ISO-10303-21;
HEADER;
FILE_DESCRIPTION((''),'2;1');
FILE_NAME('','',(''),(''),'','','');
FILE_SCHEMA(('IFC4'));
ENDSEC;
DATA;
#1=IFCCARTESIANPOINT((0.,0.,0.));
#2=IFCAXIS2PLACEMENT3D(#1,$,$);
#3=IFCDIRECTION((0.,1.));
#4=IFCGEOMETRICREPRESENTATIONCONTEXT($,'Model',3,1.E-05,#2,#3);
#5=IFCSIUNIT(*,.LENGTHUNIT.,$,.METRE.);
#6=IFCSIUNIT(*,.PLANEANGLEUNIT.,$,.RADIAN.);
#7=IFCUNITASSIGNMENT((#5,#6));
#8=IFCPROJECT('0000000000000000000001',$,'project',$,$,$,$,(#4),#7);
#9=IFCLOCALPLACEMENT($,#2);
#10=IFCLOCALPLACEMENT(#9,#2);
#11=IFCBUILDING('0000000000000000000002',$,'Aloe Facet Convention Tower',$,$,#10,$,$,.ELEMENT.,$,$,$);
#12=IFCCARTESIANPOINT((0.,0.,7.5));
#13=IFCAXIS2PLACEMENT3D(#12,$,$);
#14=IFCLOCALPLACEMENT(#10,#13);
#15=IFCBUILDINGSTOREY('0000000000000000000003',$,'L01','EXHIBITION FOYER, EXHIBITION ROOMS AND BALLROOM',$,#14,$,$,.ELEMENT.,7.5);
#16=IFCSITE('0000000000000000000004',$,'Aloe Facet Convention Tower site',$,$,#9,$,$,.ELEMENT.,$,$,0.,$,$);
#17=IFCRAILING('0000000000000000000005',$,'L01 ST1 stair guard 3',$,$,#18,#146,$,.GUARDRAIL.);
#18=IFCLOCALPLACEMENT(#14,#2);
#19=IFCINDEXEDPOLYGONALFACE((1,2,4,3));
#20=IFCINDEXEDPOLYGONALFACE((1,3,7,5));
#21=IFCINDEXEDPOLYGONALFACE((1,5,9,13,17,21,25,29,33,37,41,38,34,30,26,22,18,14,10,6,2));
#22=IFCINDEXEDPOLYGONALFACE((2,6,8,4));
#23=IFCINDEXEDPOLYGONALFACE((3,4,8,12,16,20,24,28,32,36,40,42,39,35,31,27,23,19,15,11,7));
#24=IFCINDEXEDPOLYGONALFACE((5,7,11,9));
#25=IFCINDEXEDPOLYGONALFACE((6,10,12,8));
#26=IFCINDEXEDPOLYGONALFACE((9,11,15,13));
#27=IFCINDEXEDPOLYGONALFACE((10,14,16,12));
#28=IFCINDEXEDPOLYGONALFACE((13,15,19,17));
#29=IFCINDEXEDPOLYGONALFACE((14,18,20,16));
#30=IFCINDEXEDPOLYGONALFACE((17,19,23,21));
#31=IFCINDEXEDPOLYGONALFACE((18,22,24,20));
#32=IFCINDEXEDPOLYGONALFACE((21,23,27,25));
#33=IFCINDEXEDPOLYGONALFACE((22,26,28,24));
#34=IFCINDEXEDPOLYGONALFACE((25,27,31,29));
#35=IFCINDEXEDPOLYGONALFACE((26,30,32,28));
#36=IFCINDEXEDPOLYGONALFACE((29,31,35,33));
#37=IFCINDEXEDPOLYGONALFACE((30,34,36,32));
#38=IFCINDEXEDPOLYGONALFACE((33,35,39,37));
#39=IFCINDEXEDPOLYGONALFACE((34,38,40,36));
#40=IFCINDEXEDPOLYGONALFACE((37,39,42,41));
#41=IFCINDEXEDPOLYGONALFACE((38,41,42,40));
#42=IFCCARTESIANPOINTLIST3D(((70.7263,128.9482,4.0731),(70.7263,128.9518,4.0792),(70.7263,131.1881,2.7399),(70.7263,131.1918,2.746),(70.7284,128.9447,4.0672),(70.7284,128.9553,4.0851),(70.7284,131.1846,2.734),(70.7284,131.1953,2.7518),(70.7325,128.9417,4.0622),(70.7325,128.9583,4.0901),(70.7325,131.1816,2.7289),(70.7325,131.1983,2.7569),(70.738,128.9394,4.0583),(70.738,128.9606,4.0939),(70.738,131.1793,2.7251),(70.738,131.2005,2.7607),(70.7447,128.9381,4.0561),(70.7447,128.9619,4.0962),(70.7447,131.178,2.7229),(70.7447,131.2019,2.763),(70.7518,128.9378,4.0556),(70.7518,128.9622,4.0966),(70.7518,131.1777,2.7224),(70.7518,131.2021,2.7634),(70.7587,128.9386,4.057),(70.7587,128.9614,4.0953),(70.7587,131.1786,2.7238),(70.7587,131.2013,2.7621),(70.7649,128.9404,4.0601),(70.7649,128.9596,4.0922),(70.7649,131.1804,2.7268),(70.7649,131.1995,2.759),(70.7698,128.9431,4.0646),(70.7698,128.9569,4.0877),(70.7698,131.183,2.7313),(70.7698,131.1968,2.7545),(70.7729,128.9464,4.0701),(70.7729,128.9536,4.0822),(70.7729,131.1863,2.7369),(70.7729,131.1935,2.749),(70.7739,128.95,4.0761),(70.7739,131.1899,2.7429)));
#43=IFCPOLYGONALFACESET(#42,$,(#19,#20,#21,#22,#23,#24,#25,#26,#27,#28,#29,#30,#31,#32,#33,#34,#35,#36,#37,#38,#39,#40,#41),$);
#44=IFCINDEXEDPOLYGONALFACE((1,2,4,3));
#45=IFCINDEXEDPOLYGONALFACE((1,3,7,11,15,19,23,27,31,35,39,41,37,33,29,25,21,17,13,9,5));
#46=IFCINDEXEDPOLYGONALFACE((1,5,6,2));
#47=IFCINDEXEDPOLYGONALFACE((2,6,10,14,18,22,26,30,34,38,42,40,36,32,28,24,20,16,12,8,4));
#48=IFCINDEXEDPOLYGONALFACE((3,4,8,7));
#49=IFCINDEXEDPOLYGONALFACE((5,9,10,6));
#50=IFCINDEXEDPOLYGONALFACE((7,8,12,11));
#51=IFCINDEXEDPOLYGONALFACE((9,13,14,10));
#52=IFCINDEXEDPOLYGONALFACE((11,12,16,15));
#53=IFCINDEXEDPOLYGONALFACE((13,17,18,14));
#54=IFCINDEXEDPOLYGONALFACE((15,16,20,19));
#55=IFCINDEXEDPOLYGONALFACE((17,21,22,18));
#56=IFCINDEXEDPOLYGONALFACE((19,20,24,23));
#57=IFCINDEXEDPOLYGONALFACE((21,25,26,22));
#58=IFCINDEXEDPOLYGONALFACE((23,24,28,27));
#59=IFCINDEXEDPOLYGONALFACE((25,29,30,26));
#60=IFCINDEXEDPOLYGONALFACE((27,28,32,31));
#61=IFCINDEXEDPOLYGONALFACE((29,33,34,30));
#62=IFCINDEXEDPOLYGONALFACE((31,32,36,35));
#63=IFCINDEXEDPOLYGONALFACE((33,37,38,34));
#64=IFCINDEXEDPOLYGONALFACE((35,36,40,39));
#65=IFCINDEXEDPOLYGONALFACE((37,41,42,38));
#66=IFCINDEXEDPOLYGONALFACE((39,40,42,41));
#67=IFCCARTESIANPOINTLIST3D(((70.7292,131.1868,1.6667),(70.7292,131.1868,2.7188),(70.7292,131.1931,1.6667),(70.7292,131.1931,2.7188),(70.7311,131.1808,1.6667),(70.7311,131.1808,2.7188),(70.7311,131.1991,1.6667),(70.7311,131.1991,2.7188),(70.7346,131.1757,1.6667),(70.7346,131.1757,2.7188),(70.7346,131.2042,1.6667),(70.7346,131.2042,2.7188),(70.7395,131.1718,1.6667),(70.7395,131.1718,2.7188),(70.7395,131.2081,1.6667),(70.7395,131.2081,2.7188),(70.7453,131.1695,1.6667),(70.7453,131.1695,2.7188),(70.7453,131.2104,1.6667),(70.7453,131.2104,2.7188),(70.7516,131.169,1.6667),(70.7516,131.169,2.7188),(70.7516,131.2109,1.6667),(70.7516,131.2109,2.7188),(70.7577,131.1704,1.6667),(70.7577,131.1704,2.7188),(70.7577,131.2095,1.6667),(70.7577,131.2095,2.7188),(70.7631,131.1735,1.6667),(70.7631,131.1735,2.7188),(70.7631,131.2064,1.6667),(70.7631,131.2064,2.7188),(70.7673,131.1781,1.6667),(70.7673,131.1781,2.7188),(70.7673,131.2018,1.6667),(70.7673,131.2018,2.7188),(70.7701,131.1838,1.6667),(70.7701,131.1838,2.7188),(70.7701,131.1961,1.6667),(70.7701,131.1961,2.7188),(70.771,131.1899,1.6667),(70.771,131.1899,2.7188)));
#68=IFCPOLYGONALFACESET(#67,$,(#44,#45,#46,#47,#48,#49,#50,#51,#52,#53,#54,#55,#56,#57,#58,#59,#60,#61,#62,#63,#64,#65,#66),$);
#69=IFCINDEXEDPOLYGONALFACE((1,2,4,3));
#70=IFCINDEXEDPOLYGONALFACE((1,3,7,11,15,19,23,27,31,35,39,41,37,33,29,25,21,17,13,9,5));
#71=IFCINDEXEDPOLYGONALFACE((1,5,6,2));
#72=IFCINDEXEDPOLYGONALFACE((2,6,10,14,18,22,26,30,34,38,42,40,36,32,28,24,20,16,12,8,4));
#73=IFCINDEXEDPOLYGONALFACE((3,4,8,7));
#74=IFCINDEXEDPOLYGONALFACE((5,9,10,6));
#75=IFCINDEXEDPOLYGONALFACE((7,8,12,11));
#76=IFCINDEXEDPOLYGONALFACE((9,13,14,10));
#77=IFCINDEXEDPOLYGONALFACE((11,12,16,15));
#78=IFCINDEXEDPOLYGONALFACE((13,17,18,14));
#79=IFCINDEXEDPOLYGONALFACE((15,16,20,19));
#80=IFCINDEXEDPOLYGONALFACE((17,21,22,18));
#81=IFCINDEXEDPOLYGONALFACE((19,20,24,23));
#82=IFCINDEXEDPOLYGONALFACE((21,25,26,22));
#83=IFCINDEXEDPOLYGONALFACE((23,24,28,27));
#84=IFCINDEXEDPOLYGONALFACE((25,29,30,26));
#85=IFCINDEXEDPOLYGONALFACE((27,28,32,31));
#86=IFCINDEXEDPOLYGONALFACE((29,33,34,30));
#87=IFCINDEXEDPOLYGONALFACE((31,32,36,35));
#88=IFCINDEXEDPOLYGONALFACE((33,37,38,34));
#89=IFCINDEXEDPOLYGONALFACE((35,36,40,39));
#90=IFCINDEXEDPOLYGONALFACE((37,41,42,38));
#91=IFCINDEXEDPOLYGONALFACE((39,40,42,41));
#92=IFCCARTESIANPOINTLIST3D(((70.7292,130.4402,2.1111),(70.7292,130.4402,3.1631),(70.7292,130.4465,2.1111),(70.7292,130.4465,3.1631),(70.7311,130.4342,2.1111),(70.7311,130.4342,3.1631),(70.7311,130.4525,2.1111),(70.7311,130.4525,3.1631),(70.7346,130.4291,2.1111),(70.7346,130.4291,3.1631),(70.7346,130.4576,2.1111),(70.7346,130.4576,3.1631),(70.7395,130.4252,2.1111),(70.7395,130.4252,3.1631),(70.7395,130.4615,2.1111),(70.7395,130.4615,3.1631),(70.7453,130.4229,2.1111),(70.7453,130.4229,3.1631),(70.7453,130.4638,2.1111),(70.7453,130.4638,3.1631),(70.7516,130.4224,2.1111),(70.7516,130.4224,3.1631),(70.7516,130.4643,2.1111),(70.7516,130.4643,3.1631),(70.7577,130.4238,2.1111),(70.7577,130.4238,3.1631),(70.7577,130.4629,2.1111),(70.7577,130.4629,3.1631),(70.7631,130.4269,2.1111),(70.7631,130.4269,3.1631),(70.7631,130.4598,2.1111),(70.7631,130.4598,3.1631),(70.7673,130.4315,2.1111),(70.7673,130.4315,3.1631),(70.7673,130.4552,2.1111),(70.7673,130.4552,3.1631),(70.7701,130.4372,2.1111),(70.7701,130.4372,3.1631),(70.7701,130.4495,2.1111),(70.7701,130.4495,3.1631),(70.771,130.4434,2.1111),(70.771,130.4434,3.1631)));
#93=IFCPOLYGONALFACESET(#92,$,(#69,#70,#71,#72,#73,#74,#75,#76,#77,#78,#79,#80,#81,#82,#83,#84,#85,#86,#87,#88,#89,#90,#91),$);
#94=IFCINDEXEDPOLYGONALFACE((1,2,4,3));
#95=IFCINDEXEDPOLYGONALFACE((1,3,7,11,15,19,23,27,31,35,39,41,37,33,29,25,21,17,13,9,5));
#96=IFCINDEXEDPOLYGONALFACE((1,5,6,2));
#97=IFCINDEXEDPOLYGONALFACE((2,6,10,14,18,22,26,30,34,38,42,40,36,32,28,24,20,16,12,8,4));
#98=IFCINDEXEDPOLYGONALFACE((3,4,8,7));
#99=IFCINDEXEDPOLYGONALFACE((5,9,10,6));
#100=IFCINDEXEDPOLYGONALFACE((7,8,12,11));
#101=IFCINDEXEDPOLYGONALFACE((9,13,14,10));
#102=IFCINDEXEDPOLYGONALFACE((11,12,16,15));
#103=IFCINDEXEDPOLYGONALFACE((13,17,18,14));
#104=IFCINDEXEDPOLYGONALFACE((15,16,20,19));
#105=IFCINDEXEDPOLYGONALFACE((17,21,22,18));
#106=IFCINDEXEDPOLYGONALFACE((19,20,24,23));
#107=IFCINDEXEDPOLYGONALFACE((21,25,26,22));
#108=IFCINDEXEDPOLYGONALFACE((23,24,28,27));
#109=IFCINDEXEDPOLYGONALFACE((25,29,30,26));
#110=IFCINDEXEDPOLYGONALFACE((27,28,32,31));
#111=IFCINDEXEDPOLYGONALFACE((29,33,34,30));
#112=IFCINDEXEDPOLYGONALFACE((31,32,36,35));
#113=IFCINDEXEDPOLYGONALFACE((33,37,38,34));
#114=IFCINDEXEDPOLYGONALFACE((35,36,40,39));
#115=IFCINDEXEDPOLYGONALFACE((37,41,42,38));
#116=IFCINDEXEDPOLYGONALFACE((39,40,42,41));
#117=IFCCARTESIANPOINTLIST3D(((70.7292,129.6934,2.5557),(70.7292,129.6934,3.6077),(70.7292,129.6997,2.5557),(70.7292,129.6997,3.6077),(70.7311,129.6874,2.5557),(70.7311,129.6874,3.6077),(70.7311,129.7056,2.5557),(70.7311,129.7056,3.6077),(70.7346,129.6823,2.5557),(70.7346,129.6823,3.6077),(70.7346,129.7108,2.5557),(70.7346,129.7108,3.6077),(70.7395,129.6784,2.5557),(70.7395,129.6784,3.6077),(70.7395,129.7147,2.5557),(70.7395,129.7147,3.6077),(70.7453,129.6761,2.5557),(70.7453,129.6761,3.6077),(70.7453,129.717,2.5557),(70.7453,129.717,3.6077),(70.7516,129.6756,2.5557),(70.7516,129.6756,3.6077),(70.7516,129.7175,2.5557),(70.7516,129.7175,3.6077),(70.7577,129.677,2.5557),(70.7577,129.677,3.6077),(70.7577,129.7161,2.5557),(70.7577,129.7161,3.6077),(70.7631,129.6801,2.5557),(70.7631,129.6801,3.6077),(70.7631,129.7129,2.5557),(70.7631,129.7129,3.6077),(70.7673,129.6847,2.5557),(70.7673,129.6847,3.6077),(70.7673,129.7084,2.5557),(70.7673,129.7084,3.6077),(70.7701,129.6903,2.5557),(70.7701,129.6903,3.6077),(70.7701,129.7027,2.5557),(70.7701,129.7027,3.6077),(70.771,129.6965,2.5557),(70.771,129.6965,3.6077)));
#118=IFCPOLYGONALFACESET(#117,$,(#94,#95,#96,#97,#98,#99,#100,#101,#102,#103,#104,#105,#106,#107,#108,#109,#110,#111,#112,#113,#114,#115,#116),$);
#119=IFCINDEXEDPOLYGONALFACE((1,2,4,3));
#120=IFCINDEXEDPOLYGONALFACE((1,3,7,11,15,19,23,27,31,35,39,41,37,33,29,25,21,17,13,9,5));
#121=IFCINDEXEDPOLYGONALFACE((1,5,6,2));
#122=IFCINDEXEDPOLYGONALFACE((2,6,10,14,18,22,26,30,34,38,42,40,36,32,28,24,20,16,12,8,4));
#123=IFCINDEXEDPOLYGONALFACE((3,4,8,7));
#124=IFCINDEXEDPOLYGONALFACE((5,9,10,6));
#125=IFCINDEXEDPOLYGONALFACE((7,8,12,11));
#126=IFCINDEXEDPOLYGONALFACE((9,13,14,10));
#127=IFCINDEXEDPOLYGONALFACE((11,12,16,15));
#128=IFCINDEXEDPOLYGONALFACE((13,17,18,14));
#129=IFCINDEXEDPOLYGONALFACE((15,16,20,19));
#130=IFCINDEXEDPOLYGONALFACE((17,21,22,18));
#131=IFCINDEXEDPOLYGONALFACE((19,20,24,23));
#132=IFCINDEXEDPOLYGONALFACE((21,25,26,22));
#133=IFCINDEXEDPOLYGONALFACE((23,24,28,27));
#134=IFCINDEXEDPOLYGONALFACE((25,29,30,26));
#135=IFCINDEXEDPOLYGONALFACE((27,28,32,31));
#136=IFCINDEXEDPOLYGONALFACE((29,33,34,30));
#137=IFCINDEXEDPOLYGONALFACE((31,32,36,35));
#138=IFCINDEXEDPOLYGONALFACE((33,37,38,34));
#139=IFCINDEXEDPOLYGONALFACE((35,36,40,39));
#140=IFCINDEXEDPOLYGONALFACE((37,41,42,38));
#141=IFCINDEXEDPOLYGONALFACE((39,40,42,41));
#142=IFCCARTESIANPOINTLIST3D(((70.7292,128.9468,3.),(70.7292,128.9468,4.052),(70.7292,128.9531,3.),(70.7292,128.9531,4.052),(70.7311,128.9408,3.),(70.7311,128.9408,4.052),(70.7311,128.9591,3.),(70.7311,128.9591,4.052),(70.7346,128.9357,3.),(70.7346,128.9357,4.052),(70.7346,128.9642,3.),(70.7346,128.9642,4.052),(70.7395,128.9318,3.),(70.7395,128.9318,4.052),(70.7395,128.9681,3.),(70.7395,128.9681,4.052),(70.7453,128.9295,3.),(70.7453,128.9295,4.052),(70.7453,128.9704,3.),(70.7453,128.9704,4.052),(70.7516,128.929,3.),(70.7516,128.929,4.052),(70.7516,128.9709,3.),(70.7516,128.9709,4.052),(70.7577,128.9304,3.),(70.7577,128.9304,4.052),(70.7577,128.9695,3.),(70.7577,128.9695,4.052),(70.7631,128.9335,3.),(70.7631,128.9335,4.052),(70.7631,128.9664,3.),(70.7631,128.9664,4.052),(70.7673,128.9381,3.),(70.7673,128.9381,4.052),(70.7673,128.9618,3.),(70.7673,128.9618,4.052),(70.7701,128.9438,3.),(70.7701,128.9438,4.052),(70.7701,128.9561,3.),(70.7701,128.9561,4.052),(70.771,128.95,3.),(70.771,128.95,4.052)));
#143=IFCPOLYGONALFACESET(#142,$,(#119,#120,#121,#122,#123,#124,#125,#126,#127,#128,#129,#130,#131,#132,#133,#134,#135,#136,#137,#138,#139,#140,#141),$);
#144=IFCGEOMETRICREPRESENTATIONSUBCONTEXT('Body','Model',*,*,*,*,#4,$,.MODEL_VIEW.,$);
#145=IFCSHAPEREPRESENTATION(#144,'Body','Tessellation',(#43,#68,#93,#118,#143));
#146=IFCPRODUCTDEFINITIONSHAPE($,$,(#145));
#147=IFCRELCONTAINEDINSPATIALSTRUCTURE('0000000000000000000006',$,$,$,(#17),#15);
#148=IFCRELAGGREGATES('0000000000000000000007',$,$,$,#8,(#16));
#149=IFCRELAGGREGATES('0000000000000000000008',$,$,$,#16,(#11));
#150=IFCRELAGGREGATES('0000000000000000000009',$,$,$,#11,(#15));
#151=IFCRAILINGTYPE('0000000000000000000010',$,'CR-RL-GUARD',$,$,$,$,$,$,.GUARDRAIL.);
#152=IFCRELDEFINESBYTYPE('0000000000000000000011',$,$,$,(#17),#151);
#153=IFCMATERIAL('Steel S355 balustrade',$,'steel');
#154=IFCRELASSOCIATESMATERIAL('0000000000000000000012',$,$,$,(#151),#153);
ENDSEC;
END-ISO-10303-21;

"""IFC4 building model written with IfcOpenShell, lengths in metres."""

from ifc_helpers import new_model, si_unit, direction, frame, origin, origin_2d, place, context, subcontext, project, spatial, circle, extrude, material, type_object, element, save


model = new_model("IFC4")

# Units and contexts
model_context = context("Model", 3, precision=1e-05, world=origin(), true_north=direction((0.0, 1.0)))
body_context = subcontext(model_context, "Body", "Model", "MODEL_VIEW")
ifc_project = project(units=[si_unit("LENGTHUNIT", "METRE"), si_unit("PLANEANGLEUNIT", "RADIAN")], contexts=[model_context])

# Site, building, storey
site_placement = place(None, origin())
site = spatial("IfcSite", under=ifc_project, at=site_placement, Name="Aloe Facet Convention Tower site", CompositionType="ELEMENT", RefElevation=0.0)
building_placement = place(site_placement, origin())
building = spatial("IfcBuilding", under=site, at=building_placement, Name="Aloe Facet Convention Tower", CompositionType="ELEMENT")
storey_placement = place(building_placement, frame((0.0, 0.0, 7.5)))
storey = spatial("IfcBuildingStorey", under=building, at=storey_placement, Name="L01", Description="EXHIBITION FOYER, EXHIBITION ROOMS AND BALLROOM", CompositionType="ELEMENT", Elevation=7.5)

# Railing
ifc_material_1 = material(Name="Steel S355 balustrade", Category="steel")
railing_type_1 = type_object("IfcRailingType", Name="CR-RL-GUARD", PredefinedType="GUARDRAIL", material=ifc_material_1)
railing_1_placement = place(storey_placement, frame((70.75, 131.1899, 1.6667)))
element("IfcRailing", 1, at=railing_1_placement, inside=storey, type_object=railing_type_1, Name="L01 ST1 stair guard 3", PredefinedType="GUARDRAIL", context=body_context, shape_type="SweptSolid", body=[
    extrude(circle(Radius=0.0239, at=origin_2d()), frame((0.0, 0.0, 1.0762), z_axis=(0.0, -0.859306, 0.511462), x_axis=(1.0, 0.0, 0.0)), (0.0, 0.0, 1.0), 2.6067),
    extrude(circle(Radius=0.021, at=origin_2d()), origin(), (0.0, 0.0, 1.0), 1.052),
    extrude(circle(Radius=0.021, at=origin_2d()), frame((0.0, -0.7466, 0.4443)), (0.0, 0.0, 1.0), 1.052),
    extrude(circle(Radius=0.021, at=origin_2d()), frame((0.0, -1.4934, 0.8889)), (0.0, 0.0, 1.0), 1.052),
    extrude(circle(Radius=0.021, at=origin_2d()), frame((0.0, -2.24, 1.3333)), (0.0, 0.0, 1.0), 1.052),
])

save(model, "model.ifc")
